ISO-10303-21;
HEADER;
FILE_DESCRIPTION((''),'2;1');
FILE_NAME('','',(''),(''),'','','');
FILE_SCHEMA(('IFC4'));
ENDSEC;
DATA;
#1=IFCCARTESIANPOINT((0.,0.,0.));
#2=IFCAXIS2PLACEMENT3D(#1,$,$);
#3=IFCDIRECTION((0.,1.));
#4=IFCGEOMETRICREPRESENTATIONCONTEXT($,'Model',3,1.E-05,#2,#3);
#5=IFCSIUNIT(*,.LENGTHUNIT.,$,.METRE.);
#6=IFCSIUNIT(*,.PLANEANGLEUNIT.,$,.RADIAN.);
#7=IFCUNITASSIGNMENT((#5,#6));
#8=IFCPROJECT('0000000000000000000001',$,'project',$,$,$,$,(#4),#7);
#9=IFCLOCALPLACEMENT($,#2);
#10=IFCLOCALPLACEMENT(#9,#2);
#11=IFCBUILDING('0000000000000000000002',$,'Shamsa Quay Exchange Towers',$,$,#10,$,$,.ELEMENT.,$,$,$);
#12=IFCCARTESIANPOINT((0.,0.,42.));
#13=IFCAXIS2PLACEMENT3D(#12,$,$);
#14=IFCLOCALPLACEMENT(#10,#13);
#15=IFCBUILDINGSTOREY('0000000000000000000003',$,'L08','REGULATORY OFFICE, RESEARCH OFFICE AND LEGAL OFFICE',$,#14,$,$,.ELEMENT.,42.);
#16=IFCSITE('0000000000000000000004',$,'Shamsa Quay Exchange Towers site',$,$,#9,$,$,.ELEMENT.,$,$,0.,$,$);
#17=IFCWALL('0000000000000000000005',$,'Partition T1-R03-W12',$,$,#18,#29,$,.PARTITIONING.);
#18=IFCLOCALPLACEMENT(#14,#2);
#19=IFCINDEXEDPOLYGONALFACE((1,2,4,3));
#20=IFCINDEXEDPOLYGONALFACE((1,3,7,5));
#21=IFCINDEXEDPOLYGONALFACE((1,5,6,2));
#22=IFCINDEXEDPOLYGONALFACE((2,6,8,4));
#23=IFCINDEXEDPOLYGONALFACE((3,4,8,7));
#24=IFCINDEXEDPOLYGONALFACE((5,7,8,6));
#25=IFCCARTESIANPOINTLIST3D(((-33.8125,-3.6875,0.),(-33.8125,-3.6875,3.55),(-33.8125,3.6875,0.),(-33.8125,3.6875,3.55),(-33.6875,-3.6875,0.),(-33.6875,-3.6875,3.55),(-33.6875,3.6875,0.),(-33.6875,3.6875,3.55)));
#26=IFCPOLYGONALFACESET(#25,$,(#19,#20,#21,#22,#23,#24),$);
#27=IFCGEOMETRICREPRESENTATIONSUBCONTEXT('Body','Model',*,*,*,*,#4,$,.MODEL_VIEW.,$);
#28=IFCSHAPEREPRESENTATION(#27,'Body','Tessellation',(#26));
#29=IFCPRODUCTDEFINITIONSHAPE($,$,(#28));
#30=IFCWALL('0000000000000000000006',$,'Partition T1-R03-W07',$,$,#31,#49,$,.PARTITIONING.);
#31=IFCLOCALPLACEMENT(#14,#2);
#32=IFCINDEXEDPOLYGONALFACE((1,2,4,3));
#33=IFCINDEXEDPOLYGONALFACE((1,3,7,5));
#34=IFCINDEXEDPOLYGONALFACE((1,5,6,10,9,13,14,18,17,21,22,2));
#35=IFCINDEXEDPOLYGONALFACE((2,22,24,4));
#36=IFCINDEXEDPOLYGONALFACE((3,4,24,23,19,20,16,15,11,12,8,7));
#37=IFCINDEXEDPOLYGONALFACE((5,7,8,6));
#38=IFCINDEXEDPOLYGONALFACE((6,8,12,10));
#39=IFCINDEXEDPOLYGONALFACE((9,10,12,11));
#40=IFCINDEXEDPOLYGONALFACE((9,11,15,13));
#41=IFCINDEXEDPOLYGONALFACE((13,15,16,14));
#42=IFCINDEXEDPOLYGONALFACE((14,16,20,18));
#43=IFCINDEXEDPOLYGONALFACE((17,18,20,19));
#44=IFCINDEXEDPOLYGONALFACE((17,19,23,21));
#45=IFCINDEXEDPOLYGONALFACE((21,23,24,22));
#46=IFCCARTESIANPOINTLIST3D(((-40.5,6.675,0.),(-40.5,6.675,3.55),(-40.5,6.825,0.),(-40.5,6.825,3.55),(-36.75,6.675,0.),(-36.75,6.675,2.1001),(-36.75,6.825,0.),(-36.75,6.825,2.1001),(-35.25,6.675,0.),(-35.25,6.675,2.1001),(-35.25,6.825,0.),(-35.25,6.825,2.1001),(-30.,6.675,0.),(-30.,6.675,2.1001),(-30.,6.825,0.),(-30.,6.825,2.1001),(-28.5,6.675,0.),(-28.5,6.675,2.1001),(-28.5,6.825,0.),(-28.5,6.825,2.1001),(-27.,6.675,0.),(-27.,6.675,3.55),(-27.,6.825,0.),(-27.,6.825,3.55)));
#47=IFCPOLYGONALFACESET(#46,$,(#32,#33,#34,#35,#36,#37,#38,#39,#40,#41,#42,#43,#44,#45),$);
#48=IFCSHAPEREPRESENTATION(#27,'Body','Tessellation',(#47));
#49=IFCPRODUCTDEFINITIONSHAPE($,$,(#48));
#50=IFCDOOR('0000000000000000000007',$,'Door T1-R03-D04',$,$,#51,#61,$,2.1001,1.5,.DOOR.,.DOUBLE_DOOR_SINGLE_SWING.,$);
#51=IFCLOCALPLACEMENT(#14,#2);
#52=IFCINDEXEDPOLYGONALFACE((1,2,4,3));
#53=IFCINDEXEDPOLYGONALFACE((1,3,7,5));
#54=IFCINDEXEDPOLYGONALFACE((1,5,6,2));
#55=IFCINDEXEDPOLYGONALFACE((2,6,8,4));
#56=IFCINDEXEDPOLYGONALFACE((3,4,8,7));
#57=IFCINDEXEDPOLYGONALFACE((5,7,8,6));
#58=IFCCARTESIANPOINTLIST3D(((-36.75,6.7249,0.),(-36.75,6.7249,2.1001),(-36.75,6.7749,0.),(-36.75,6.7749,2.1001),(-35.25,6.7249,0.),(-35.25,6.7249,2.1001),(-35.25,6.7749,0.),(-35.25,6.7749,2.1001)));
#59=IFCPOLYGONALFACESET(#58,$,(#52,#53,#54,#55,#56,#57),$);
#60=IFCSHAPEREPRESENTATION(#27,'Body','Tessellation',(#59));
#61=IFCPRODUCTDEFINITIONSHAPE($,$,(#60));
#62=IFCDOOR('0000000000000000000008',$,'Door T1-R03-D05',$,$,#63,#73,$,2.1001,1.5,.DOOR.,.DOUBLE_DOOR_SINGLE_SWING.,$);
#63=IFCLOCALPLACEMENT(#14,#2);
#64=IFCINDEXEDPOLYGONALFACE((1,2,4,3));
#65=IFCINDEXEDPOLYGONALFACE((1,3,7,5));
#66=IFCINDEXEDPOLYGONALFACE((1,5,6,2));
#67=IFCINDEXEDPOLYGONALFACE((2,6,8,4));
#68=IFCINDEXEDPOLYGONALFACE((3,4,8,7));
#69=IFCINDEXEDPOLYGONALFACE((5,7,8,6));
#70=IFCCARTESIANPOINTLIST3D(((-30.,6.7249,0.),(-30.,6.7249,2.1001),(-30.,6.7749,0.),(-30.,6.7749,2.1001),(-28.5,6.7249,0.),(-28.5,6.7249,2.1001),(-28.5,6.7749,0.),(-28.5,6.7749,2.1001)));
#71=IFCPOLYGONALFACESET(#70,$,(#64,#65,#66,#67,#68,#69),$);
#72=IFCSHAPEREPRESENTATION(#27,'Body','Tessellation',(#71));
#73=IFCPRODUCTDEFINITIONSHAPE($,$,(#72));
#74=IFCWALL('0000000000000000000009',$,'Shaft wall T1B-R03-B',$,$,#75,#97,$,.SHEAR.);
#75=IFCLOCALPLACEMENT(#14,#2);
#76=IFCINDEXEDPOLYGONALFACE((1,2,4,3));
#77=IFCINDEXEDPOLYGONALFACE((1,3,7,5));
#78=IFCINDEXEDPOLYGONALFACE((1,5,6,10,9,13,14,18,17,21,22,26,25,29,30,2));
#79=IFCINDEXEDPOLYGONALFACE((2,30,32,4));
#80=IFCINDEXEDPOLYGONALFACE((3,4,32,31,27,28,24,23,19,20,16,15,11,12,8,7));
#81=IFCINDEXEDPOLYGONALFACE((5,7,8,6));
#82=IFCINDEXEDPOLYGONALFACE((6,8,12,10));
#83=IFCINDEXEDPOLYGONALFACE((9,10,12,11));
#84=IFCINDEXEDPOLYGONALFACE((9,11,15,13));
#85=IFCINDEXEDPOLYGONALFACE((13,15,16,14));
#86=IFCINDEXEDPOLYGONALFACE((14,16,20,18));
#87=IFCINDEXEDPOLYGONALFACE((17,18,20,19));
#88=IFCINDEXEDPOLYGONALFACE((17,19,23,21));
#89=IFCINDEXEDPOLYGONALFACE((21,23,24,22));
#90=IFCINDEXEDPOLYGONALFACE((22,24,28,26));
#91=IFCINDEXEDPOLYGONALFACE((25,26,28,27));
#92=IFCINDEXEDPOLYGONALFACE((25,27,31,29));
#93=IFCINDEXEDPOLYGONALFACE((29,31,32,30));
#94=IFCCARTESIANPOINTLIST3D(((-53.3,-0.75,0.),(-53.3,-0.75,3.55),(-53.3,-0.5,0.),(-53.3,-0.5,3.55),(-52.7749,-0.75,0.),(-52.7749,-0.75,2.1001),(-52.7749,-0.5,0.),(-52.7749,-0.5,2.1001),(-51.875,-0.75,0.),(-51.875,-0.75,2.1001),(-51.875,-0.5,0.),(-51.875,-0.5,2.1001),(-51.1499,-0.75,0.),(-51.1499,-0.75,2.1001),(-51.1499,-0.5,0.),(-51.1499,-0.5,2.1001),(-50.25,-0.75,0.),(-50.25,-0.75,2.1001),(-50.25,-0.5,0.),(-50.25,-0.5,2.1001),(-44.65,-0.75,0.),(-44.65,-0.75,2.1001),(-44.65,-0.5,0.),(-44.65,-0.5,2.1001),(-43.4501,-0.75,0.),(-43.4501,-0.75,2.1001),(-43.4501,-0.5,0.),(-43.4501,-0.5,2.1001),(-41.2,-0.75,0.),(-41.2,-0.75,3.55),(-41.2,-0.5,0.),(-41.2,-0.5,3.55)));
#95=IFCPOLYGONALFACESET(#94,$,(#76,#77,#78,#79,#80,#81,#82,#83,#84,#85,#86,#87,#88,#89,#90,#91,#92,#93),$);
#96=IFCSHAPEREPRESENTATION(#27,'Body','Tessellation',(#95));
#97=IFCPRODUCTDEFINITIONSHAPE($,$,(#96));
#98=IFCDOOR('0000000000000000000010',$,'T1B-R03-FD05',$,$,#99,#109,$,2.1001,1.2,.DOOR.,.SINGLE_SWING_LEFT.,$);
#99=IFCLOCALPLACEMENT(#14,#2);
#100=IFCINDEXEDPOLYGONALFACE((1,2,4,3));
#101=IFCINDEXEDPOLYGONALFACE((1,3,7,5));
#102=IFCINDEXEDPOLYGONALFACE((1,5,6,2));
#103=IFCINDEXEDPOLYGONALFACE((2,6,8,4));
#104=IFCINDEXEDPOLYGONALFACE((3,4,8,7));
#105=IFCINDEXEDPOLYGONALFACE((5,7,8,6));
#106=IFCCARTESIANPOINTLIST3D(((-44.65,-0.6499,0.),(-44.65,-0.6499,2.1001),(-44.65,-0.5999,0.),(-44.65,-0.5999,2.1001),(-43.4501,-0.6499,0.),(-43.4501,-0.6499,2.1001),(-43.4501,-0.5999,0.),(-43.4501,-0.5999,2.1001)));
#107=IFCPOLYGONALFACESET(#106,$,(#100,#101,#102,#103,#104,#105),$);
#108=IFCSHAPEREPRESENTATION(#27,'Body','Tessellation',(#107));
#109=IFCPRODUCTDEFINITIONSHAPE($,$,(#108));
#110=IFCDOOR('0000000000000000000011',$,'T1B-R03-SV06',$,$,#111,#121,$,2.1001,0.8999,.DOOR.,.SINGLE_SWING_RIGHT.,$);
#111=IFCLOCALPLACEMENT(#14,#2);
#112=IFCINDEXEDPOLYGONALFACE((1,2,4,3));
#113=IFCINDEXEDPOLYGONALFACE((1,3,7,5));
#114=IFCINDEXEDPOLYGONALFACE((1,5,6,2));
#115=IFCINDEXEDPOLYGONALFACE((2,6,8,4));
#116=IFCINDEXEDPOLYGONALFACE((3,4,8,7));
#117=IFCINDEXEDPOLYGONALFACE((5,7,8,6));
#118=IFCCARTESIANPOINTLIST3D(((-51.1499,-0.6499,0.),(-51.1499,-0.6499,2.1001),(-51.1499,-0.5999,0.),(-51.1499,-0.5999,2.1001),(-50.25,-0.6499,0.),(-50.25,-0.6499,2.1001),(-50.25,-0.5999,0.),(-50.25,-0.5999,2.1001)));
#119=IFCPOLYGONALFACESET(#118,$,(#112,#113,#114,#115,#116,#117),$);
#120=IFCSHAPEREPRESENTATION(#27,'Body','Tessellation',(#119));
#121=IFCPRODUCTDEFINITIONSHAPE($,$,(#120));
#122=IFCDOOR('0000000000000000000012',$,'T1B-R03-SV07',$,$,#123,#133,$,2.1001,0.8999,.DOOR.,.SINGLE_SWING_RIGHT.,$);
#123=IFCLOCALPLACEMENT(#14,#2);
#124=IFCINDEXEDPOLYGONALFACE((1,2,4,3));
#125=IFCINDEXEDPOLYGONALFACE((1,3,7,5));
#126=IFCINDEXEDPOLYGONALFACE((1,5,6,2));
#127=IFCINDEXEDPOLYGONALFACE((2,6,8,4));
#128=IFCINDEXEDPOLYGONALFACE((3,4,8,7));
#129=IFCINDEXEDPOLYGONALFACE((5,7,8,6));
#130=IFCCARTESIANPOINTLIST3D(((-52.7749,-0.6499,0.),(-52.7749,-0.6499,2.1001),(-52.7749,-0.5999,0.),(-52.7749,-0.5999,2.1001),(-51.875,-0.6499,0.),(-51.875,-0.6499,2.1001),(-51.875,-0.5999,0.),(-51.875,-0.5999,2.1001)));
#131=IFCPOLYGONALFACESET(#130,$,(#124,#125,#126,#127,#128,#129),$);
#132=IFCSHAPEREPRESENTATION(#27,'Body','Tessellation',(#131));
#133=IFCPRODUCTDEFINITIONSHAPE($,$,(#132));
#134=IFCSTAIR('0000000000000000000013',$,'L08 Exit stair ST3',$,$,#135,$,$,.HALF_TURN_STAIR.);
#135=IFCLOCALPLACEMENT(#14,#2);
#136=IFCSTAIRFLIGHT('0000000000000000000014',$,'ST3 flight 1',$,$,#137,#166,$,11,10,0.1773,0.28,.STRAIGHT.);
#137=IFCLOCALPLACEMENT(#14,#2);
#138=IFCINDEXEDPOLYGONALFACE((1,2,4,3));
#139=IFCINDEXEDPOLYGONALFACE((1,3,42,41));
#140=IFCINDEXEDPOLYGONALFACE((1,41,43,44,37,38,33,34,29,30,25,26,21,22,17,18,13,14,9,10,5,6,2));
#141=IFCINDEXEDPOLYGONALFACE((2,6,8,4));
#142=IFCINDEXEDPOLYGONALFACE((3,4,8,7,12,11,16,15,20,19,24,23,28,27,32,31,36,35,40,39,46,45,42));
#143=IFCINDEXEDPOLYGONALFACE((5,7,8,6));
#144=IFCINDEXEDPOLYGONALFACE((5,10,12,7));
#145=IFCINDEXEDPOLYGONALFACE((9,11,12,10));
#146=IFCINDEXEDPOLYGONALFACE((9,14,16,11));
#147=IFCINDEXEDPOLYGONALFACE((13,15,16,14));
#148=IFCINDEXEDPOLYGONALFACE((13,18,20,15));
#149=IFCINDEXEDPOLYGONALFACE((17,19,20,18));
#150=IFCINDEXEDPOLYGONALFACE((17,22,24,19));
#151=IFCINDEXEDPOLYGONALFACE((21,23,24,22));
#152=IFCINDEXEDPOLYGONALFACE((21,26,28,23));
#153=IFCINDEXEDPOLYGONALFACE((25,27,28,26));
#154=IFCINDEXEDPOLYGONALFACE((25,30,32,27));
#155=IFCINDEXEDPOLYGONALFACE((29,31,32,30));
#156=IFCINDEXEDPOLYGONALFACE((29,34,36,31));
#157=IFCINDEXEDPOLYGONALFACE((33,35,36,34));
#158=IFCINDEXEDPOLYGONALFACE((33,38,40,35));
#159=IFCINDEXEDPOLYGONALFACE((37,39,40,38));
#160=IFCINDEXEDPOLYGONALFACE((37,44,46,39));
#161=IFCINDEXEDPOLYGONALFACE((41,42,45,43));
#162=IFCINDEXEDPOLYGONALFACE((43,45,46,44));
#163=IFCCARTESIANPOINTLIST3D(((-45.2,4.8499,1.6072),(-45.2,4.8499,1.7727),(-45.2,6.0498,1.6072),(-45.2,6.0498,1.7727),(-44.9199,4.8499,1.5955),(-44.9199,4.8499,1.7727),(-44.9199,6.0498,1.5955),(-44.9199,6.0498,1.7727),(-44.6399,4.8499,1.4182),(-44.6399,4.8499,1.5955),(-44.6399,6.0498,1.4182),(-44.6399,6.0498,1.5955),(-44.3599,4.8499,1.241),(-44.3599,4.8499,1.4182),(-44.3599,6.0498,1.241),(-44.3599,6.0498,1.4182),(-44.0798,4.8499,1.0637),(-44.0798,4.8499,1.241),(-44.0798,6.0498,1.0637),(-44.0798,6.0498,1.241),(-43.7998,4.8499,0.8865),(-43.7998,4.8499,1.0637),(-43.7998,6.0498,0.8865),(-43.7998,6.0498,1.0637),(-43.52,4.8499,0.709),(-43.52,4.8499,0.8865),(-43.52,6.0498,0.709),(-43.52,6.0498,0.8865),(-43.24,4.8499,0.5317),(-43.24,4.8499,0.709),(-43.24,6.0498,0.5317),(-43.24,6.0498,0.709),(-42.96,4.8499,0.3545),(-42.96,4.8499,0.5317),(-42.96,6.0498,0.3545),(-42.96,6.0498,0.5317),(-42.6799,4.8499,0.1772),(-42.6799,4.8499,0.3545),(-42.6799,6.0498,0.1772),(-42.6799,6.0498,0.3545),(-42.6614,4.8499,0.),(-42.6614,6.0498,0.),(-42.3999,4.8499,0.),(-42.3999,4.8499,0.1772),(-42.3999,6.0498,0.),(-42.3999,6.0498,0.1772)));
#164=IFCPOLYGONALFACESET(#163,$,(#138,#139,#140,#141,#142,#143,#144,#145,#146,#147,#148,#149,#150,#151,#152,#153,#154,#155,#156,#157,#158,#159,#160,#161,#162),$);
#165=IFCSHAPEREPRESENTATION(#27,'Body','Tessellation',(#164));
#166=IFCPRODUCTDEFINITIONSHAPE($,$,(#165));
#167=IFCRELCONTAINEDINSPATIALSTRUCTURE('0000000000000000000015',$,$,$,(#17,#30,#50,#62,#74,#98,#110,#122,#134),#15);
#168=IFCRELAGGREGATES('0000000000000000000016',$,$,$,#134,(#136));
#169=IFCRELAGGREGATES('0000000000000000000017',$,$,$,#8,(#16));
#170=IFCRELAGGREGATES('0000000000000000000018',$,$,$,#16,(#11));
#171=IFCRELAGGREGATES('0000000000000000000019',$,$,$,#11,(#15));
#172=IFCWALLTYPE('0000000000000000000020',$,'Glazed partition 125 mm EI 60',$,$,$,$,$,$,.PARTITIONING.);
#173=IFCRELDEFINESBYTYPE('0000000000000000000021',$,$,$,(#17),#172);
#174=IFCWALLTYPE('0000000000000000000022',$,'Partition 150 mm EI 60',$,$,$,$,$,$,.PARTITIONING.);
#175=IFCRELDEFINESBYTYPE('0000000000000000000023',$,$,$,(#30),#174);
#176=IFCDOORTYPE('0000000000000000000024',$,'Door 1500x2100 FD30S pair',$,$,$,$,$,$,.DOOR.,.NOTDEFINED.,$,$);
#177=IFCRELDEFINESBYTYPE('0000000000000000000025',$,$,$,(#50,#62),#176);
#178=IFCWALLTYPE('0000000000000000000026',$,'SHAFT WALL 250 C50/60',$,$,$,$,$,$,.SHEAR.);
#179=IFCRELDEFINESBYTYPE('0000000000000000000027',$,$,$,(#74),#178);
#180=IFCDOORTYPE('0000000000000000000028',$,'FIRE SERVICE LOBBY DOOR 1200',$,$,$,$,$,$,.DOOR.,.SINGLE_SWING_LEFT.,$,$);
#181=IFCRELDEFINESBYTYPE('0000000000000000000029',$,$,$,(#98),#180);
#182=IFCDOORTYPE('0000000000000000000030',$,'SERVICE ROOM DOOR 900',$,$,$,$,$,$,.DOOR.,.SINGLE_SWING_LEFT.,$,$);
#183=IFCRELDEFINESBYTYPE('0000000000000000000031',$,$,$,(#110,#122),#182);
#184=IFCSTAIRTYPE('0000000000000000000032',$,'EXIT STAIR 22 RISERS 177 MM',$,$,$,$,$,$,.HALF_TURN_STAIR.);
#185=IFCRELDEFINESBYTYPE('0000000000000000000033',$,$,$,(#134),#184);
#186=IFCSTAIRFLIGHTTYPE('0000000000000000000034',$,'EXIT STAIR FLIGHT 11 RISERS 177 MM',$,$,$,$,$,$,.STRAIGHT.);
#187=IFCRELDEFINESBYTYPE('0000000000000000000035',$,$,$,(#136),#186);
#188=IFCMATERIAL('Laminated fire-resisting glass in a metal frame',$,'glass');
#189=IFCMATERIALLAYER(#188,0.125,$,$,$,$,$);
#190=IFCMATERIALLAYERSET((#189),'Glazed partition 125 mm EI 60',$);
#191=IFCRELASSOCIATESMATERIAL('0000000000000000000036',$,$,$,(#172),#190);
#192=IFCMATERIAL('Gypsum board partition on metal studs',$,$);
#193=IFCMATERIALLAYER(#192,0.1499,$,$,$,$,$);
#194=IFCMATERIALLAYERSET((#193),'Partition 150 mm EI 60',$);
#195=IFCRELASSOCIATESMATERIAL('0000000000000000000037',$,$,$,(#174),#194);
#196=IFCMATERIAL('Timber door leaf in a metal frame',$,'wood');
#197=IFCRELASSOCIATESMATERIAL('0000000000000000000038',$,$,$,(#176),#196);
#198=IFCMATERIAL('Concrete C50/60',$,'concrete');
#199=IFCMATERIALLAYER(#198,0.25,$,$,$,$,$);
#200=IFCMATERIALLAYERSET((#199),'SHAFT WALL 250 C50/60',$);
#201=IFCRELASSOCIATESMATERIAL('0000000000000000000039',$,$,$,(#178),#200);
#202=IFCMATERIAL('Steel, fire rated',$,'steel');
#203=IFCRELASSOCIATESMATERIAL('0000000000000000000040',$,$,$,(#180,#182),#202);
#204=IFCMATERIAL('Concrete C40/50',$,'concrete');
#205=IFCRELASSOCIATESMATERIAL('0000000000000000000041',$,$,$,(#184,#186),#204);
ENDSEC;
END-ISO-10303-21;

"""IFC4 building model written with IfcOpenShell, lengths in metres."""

from ifc_helpers import new_model, si_unit, direction, frame, frame_2d, origin, place, context, subcontext, project, spatial, polyline, rectangle, outline, extrude, material, layer, layer_set, type_object, element, fill, aggregate, save


model = new_model("IFC4")

# Units and contexts
model_context = context("Model", 3, precision=1e-05, world=origin(), true_north=direction((0.0, 1.0)))
body_context = subcontext(model_context, "Body", "Model", "MODEL_VIEW")
ifc_project = project(units=[si_unit("LENGTHUNIT", "METRE"), si_unit("PLANEANGLEUNIT", "RADIAN")], contexts=[model_context])

# Site, building, storey
site_placement = place(None, origin())
site = spatial("IfcSite", under=ifc_project, at=site_placement, Name="Shamsa Quay Exchange Towers site", CompositionType="ELEMENT", RefElevation=0.0)
building_placement = place(site_placement, origin())
building = spatial("IfcBuilding", under=site, at=building_placement, Name="Shamsa Quay Exchange Towers", CompositionType="ELEMENT")
storey_placement = place(building_placement, frame((0.0, 0.0, 42.0)))
storey = spatial("IfcBuildingStorey", under=building, at=storey_placement, Name="L08", Description="REGULATORY OFFICE, RESEARCH OFFICE AND LEGAL OFFICE", CompositionType="ELEMENT", Elevation=42.0)

# Wall
ifc_material_1 = material(Name="Laminated fire-resisting glass in a metal frame", Category="glass")
ifc_layer_1 = layer(ifc_material_1, 0.125)
ifc_layer_set_1 = layer_set([ifc_layer_1], Name="Glazed partition 125 mm EI 60")
wall_type_1 = type_object("IfcWallType", Name="Glazed partition 125 mm EI 60", PredefinedType="PARTITIONING", material=ifc_layer_set_1)
wall_1_placement = place(storey_placement, frame((-33.75, 3.6875, 0.0), z_axis=(0.0, 0.0, 1.0), x_axis=(0.0, -1.0, 0.0)))
element("IfcWall", 1, at=wall_1_placement, inside=storey, type_object=wall_type_1, Name="Partition T1-R03-W12", PredefinedType="PARTITIONING", context=body_context, shape_type="SweptSolid", body=[
    extrude(rectangle(XDim=7.375, YDim=0.125, at=frame_2d((3.6875, 0.0))), origin(), (0.0, 0.0, 1.0), 3.55),
])

# Walls, openings, doors
ifc_material_2 = material(Name="Gypsum board partition on metal studs")
ifc_layer_2 = layer(ifc_material_2, 0.1499)
ifc_layer_set_2 = layer_set([ifc_layer_2], Name="Partition 150 mm EI 60")
wall_type_2 = type_object("IfcWallType", Name="Partition 150 mm EI 60", PredefinedType="PARTITIONING", material=ifc_layer_set_2)
wall_2_placement = place(storey_placement, frame((-40.5, 6.75, 0.0)))
wall_2 = element("IfcWall", 2, at=wall_2_placement, inside=storey, type_object=wall_type_2, Name="Partition T1-R03-W07", PredefinedType="PARTITIONING", context=body_context, shape_type="SweptSolid", body=[
    extrude(rectangle(XDim=13.5, YDim=0.1499, at=frame_2d((6.75, 0.0))), origin(), (0.0, 0.0, 1.0), 3.55),
])
opening_1_placement = place(wall_2_placement, frame((3.75, 0.0, 0.0)))
opening_1 = element("IfcOpeningElement", 3, at=opening_1_placement, cuts=wall_2, PredefinedType="OPENING", context=body_context, shape_type="SweptSolid", body=[
    extrude(rectangle(XDim=1.5, YDim=2.1001, at=frame_2d((0.75, 1.05))), frame((0.0, 0.085, 0.0), z_axis=(0.0, -1.0, 0.0), x_axis=(1.0, 0.0, 0.0)), (0.0, 0.0, 1.0), 0.1699),
])
opening_2_placement = place(wall_2_placement, frame((10.5, 0.0, 0.0)))
opening_2 = element("IfcOpeningElement", 4, at=opening_2_placement, cuts=wall_2, PredefinedType="OPENING", context=body_context, shape_type="SweptSolid", body=[
    extrude(rectangle(XDim=1.5, YDim=2.1001, at=frame_2d((0.75, 1.05))), frame((0.0, 0.085, 0.0), z_axis=(0.0, -1.0, 0.0), x_axis=(1.0, 0.0, 0.0)), (0.0, 0.0, 1.0), 0.1699),
])
ifc_material_3 = material(Name="Timber door leaf in a metal frame", Category="wood")
door_type_1 = type_object("IfcDoorType", Name="Door 1500x2100 FD30S pair", OperationType="NOTDEFINED", PredefinedType="DOOR", material=ifc_material_3)
door_1_placement = place(opening_1_placement, origin())
door_1 = element("IfcDoor", 5, at=door_1_placement, inside=storey, type_object=door_type_1, Name="Door T1-R03-D04", OperationType="DOUBLE_DOOR_SINGLE_SWING", OverallHeight=2.1001, OverallWidth=1.5, PredefinedType="DOOR", context=body_context, shape_type="SweptSolid", body=[
    extrude(rectangle(XDim=1.5, YDim=2.1001, at=frame_2d((0.75, 1.05))), frame((0.0, 0.0249, 0.0), z_axis=(0.0, -1.0, 0.0), x_axis=(1.0, 0.0, 0.0)), (0.0, 0.0, 1.0), 0.05),
])
fill(opening_1, door_1)
door_2_placement = place(opening_2_placement, origin())
door_2 = element("IfcDoor", 6, at=door_2_placement, inside=storey, type_object=door_type_1, Name="Door T1-R03-D05", OperationType="DOUBLE_DOOR_SINGLE_SWING", OverallHeight=2.1001, OverallWidth=1.5, PredefinedType="DOOR", context=body_context, shape_type="SweptSolid", body=[
    extrude(rectangle(XDim=1.5, YDim=2.1001, at=frame_2d((0.75, 1.05))), frame((0.0, 0.0249, 0.0), z_axis=(0.0, -1.0, 0.0), x_axis=(1.0, 0.0, 0.0)), (0.0, 0.0, 1.0), 0.05),
])
fill(opening_2, door_2)
ifc_material_4 = material(Name="Concrete C50/60", Category="concrete")
ifc_layer_3 = layer(ifc_material_4, 0.25)
ifc_layer_set_3 = layer_set([ifc_layer_3], Name="SHAFT WALL 250 C50/60")
wall_type_3 = type_object("IfcWallType", Name="SHAFT WALL 250 C50/60", PredefinedType="SHEAR", material=ifc_layer_set_3)
wall_3_placement = place(storey_placement, frame((-41.2, -0.625, 0.0), z_axis=(0.0, 0.0, 1.0), x_axis=(-1.0, 0.0, 0.0)))
wall_3 = element("IfcWall", 7, at=wall_3_placement, inside=storey, type_object=wall_type_3, Name="Shaft wall T1B-R03-B", PredefinedType="SHEAR", context=body_context, shape_type="SweptSolid", body=[
    extrude(rectangle(XDim=12.1001, YDim=0.25, at=frame_2d((6.05, 0.0))), origin(), (0.0, 0.0, 1.0), 3.55),
])
opening_3_placement = place(wall_3_placement, frame((2.25, 0.0, 0.0)))
opening_3 = element("IfcOpeningElement", 8, at=opening_3_placement, cuts=wall_3, PredefinedType="OPENING", context=body_context, shape_type="SweptSolid", body=[
    extrude(rectangle(XDim=1.2, YDim=2.1001, at=frame_2d((0.6001, 1.05))), frame((0.0, 0.135, 0.0), z_axis=(0.0, -1.0, 0.0), x_axis=(1.0, 0.0, 0.0)), (0.0, 0.0, 1.0), 0.27),
])
opening_4_placement = place(wall_3_placement, frame((9.05, 0.0, 0.0)))
opening_4 = element("IfcOpeningElement", 9, at=opening_4_placement, cuts=wall_3, PredefinedType="OPENING", context=body_context, shape_type="SweptSolid", body=[
    extrude(rectangle(XDim=0.8999, YDim=2.1001, at=frame_2d((0.45, 1.05))), frame((0.0, 0.135, 0.0), z_axis=(0.0, -1.0, 0.0), x_axis=(1.0, 0.0, 0.0)), (0.0, 0.0, 1.0), 0.27),
])
opening_5_placement = place(wall_3_placement, frame((10.675, 0.0, 0.0)))
opening_5 = element("IfcOpeningElement", 10, at=opening_5_placement, cuts=wall_3, PredefinedType="OPENING", context=body_context, shape_type="SweptSolid", body=[
    extrude(rectangle(XDim=0.8999, YDim=2.1001, at=frame_2d((0.45, 1.05))), frame((0.0, 0.135, 0.0), z_axis=(0.0, -1.0, 0.0), x_axis=(1.0, 0.0, 0.0)), (0.0, 0.0, 1.0), 0.27),
])
ifc_material_5 = material(Name="Steel, fire rated", Category="steel")
door_type_2 = type_object("IfcDoorType", Name="FIRE SERVICE LOBBY DOOR 1200", OperationType="SINGLE_SWING_LEFT", PredefinedType="DOOR", material=ifc_material_5)
door_3_placement = place(opening_3_placement, origin())
door_3 = element("IfcDoor", 11, at=door_3_placement, inside=storey, type_object=door_type_2, Name="T1B-R03-FD05", OperationType="SINGLE_SWING_LEFT", OverallHeight=2.1001, OverallWidth=1.2, PredefinedType="DOOR", context=body_context, shape_type="SweptSolid", body=[
    extrude(rectangle(XDim=1.2, YDim=2.1001, at=frame_2d((0.6001, 1.05))), frame((0.0, 0.0249, 0.0), z_axis=(0.0, -1.0, 0.0), x_axis=(1.0, 0.0, 0.0)), (0.0, 0.0, 1.0), 0.05),
])
fill(opening_3, door_3)
door_type_3 = type_object("IfcDoorType", Name="SERVICE ROOM DOOR 900", OperationType="SINGLE_SWING_LEFT", PredefinedType="DOOR", material=ifc_material_5)
door_4_placement = place(opening_4_placement, origin())
door_4 = element("IfcDoor", 12, at=door_4_placement, inside=storey, type_object=door_type_3, Name="T1B-R03-SV06", OperationType="SINGLE_SWING_RIGHT", OverallHeight=2.1001, OverallWidth=0.8999, PredefinedType="DOOR", context=body_context, shape_type="SweptSolid", body=[
    extrude(rectangle(XDim=0.8999, YDim=2.1001, at=frame_2d((0.45, 1.05))), frame((0.0, 0.0249, 0.0), z_axis=(0.0, -1.0, 0.0), x_axis=(1.0, 0.0, 0.0)), (0.0, 0.0, 1.0), 0.05),
])
fill(opening_4, door_4)
door_5_placement = place(opening_5_placement, origin())
door_5 = element("IfcDoor", 13, at=door_5_placement, inside=storey, type_object=door_type_3, Name="T1B-R03-SV07", OperationType="SINGLE_SWING_RIGHT", OverallHeight=2.1001, OverallWidth=0.8999, PredefinedType="DOOR", context=body_context, shape_type="SweptSolid", body=[
    extrude(rectangle(XDim=0.8999, YDim=2.1001, at=frame_2d((0.45, 1.05))), frame((0.0, 0.0249, 0.0), z_axis=(0.0, -1.0, 0.0), x_axis=(1.0, 0.0, 0.0)), (0.0, 0.0, 1.0), 0.05),
])
fill(opening_5, door_5)

# Stair, stair flight
ifc_material_6 = material(Name="Concrete C40/50", Category="concrete")
stair_type = type_object("IfcStairType", Name="EXIT STAIR 22 RISERS 177 MM", PredefinedType="HALF_TURN_STAIR", material=ifc_material_6)
stair_placement = place(storey_placement, origin())
stair = element("IfcStair", 14, at=stair_placement, inside=storey, type_object=stair_type, Name="L08 Exit stair ST3", PredefinedType="HALF_TURN_STAIR")
stair_flight_type = type_object("IfcStairFlightType", Name="EXIT STAIR FLIGHT 11 RISERS 177 MM", PredefinedType="STRAIGHT", material=ifc_material_6)
stair_flight_placement = place(storey_placement, frame((-42.3999, 5.45, 0.0), z_axis=(0.0, 0.0, 1.0), x_axis=(-1.0, 0.0, 0.0)))
stair_flight = element("IfcStairFlight", 15, at=stair_flight_placement, type_object=stair_flight_type, Name="ST3 flight 1", NumberOfRisers=11, NumberOfTreads=10, PredefinedType="STRAIGHT", RiserHeight=0.1773, TreadLength=0.28, context=body_context, shape_type="SweptSolid", body=[
    extrude(outline(polyline([(0.0, 0.0), (0.0, 0.1772), (0.28, 0.1772), (0.28, 0.3545), (0.5601, 0.3545), (0.5601, 0.5317), (0.8401, 0.5317), (0.8401, 0.709), (1.1201, 0.709), (1.1201, 0.8865), (1.3999, 0.8865), (1.3999, 1.0637), (1.6799, 1.0637), (1.6799, 1.241), (1.96, 1.241), (1.96, 1.4182), (2.24, 1.4182), (2.24, 1.5955), (2.52, 1.5955), (2.52, 1.7727), (2.8, 1.7727), (2.8, 1.95), (2.8, 1.6072), (0.2615, 0.0), (0.0, 0.0)])), frame((0.0, 0.6001, 0.0), z_axis=(0.0, -1.0, 0.0), x_axis=(1.0, 0.0, 0.0)), (0.0, 0.0, 1.0), 1.2),
])
aggregate(stair, [stair_flight])

save(model, "model.ifc")
